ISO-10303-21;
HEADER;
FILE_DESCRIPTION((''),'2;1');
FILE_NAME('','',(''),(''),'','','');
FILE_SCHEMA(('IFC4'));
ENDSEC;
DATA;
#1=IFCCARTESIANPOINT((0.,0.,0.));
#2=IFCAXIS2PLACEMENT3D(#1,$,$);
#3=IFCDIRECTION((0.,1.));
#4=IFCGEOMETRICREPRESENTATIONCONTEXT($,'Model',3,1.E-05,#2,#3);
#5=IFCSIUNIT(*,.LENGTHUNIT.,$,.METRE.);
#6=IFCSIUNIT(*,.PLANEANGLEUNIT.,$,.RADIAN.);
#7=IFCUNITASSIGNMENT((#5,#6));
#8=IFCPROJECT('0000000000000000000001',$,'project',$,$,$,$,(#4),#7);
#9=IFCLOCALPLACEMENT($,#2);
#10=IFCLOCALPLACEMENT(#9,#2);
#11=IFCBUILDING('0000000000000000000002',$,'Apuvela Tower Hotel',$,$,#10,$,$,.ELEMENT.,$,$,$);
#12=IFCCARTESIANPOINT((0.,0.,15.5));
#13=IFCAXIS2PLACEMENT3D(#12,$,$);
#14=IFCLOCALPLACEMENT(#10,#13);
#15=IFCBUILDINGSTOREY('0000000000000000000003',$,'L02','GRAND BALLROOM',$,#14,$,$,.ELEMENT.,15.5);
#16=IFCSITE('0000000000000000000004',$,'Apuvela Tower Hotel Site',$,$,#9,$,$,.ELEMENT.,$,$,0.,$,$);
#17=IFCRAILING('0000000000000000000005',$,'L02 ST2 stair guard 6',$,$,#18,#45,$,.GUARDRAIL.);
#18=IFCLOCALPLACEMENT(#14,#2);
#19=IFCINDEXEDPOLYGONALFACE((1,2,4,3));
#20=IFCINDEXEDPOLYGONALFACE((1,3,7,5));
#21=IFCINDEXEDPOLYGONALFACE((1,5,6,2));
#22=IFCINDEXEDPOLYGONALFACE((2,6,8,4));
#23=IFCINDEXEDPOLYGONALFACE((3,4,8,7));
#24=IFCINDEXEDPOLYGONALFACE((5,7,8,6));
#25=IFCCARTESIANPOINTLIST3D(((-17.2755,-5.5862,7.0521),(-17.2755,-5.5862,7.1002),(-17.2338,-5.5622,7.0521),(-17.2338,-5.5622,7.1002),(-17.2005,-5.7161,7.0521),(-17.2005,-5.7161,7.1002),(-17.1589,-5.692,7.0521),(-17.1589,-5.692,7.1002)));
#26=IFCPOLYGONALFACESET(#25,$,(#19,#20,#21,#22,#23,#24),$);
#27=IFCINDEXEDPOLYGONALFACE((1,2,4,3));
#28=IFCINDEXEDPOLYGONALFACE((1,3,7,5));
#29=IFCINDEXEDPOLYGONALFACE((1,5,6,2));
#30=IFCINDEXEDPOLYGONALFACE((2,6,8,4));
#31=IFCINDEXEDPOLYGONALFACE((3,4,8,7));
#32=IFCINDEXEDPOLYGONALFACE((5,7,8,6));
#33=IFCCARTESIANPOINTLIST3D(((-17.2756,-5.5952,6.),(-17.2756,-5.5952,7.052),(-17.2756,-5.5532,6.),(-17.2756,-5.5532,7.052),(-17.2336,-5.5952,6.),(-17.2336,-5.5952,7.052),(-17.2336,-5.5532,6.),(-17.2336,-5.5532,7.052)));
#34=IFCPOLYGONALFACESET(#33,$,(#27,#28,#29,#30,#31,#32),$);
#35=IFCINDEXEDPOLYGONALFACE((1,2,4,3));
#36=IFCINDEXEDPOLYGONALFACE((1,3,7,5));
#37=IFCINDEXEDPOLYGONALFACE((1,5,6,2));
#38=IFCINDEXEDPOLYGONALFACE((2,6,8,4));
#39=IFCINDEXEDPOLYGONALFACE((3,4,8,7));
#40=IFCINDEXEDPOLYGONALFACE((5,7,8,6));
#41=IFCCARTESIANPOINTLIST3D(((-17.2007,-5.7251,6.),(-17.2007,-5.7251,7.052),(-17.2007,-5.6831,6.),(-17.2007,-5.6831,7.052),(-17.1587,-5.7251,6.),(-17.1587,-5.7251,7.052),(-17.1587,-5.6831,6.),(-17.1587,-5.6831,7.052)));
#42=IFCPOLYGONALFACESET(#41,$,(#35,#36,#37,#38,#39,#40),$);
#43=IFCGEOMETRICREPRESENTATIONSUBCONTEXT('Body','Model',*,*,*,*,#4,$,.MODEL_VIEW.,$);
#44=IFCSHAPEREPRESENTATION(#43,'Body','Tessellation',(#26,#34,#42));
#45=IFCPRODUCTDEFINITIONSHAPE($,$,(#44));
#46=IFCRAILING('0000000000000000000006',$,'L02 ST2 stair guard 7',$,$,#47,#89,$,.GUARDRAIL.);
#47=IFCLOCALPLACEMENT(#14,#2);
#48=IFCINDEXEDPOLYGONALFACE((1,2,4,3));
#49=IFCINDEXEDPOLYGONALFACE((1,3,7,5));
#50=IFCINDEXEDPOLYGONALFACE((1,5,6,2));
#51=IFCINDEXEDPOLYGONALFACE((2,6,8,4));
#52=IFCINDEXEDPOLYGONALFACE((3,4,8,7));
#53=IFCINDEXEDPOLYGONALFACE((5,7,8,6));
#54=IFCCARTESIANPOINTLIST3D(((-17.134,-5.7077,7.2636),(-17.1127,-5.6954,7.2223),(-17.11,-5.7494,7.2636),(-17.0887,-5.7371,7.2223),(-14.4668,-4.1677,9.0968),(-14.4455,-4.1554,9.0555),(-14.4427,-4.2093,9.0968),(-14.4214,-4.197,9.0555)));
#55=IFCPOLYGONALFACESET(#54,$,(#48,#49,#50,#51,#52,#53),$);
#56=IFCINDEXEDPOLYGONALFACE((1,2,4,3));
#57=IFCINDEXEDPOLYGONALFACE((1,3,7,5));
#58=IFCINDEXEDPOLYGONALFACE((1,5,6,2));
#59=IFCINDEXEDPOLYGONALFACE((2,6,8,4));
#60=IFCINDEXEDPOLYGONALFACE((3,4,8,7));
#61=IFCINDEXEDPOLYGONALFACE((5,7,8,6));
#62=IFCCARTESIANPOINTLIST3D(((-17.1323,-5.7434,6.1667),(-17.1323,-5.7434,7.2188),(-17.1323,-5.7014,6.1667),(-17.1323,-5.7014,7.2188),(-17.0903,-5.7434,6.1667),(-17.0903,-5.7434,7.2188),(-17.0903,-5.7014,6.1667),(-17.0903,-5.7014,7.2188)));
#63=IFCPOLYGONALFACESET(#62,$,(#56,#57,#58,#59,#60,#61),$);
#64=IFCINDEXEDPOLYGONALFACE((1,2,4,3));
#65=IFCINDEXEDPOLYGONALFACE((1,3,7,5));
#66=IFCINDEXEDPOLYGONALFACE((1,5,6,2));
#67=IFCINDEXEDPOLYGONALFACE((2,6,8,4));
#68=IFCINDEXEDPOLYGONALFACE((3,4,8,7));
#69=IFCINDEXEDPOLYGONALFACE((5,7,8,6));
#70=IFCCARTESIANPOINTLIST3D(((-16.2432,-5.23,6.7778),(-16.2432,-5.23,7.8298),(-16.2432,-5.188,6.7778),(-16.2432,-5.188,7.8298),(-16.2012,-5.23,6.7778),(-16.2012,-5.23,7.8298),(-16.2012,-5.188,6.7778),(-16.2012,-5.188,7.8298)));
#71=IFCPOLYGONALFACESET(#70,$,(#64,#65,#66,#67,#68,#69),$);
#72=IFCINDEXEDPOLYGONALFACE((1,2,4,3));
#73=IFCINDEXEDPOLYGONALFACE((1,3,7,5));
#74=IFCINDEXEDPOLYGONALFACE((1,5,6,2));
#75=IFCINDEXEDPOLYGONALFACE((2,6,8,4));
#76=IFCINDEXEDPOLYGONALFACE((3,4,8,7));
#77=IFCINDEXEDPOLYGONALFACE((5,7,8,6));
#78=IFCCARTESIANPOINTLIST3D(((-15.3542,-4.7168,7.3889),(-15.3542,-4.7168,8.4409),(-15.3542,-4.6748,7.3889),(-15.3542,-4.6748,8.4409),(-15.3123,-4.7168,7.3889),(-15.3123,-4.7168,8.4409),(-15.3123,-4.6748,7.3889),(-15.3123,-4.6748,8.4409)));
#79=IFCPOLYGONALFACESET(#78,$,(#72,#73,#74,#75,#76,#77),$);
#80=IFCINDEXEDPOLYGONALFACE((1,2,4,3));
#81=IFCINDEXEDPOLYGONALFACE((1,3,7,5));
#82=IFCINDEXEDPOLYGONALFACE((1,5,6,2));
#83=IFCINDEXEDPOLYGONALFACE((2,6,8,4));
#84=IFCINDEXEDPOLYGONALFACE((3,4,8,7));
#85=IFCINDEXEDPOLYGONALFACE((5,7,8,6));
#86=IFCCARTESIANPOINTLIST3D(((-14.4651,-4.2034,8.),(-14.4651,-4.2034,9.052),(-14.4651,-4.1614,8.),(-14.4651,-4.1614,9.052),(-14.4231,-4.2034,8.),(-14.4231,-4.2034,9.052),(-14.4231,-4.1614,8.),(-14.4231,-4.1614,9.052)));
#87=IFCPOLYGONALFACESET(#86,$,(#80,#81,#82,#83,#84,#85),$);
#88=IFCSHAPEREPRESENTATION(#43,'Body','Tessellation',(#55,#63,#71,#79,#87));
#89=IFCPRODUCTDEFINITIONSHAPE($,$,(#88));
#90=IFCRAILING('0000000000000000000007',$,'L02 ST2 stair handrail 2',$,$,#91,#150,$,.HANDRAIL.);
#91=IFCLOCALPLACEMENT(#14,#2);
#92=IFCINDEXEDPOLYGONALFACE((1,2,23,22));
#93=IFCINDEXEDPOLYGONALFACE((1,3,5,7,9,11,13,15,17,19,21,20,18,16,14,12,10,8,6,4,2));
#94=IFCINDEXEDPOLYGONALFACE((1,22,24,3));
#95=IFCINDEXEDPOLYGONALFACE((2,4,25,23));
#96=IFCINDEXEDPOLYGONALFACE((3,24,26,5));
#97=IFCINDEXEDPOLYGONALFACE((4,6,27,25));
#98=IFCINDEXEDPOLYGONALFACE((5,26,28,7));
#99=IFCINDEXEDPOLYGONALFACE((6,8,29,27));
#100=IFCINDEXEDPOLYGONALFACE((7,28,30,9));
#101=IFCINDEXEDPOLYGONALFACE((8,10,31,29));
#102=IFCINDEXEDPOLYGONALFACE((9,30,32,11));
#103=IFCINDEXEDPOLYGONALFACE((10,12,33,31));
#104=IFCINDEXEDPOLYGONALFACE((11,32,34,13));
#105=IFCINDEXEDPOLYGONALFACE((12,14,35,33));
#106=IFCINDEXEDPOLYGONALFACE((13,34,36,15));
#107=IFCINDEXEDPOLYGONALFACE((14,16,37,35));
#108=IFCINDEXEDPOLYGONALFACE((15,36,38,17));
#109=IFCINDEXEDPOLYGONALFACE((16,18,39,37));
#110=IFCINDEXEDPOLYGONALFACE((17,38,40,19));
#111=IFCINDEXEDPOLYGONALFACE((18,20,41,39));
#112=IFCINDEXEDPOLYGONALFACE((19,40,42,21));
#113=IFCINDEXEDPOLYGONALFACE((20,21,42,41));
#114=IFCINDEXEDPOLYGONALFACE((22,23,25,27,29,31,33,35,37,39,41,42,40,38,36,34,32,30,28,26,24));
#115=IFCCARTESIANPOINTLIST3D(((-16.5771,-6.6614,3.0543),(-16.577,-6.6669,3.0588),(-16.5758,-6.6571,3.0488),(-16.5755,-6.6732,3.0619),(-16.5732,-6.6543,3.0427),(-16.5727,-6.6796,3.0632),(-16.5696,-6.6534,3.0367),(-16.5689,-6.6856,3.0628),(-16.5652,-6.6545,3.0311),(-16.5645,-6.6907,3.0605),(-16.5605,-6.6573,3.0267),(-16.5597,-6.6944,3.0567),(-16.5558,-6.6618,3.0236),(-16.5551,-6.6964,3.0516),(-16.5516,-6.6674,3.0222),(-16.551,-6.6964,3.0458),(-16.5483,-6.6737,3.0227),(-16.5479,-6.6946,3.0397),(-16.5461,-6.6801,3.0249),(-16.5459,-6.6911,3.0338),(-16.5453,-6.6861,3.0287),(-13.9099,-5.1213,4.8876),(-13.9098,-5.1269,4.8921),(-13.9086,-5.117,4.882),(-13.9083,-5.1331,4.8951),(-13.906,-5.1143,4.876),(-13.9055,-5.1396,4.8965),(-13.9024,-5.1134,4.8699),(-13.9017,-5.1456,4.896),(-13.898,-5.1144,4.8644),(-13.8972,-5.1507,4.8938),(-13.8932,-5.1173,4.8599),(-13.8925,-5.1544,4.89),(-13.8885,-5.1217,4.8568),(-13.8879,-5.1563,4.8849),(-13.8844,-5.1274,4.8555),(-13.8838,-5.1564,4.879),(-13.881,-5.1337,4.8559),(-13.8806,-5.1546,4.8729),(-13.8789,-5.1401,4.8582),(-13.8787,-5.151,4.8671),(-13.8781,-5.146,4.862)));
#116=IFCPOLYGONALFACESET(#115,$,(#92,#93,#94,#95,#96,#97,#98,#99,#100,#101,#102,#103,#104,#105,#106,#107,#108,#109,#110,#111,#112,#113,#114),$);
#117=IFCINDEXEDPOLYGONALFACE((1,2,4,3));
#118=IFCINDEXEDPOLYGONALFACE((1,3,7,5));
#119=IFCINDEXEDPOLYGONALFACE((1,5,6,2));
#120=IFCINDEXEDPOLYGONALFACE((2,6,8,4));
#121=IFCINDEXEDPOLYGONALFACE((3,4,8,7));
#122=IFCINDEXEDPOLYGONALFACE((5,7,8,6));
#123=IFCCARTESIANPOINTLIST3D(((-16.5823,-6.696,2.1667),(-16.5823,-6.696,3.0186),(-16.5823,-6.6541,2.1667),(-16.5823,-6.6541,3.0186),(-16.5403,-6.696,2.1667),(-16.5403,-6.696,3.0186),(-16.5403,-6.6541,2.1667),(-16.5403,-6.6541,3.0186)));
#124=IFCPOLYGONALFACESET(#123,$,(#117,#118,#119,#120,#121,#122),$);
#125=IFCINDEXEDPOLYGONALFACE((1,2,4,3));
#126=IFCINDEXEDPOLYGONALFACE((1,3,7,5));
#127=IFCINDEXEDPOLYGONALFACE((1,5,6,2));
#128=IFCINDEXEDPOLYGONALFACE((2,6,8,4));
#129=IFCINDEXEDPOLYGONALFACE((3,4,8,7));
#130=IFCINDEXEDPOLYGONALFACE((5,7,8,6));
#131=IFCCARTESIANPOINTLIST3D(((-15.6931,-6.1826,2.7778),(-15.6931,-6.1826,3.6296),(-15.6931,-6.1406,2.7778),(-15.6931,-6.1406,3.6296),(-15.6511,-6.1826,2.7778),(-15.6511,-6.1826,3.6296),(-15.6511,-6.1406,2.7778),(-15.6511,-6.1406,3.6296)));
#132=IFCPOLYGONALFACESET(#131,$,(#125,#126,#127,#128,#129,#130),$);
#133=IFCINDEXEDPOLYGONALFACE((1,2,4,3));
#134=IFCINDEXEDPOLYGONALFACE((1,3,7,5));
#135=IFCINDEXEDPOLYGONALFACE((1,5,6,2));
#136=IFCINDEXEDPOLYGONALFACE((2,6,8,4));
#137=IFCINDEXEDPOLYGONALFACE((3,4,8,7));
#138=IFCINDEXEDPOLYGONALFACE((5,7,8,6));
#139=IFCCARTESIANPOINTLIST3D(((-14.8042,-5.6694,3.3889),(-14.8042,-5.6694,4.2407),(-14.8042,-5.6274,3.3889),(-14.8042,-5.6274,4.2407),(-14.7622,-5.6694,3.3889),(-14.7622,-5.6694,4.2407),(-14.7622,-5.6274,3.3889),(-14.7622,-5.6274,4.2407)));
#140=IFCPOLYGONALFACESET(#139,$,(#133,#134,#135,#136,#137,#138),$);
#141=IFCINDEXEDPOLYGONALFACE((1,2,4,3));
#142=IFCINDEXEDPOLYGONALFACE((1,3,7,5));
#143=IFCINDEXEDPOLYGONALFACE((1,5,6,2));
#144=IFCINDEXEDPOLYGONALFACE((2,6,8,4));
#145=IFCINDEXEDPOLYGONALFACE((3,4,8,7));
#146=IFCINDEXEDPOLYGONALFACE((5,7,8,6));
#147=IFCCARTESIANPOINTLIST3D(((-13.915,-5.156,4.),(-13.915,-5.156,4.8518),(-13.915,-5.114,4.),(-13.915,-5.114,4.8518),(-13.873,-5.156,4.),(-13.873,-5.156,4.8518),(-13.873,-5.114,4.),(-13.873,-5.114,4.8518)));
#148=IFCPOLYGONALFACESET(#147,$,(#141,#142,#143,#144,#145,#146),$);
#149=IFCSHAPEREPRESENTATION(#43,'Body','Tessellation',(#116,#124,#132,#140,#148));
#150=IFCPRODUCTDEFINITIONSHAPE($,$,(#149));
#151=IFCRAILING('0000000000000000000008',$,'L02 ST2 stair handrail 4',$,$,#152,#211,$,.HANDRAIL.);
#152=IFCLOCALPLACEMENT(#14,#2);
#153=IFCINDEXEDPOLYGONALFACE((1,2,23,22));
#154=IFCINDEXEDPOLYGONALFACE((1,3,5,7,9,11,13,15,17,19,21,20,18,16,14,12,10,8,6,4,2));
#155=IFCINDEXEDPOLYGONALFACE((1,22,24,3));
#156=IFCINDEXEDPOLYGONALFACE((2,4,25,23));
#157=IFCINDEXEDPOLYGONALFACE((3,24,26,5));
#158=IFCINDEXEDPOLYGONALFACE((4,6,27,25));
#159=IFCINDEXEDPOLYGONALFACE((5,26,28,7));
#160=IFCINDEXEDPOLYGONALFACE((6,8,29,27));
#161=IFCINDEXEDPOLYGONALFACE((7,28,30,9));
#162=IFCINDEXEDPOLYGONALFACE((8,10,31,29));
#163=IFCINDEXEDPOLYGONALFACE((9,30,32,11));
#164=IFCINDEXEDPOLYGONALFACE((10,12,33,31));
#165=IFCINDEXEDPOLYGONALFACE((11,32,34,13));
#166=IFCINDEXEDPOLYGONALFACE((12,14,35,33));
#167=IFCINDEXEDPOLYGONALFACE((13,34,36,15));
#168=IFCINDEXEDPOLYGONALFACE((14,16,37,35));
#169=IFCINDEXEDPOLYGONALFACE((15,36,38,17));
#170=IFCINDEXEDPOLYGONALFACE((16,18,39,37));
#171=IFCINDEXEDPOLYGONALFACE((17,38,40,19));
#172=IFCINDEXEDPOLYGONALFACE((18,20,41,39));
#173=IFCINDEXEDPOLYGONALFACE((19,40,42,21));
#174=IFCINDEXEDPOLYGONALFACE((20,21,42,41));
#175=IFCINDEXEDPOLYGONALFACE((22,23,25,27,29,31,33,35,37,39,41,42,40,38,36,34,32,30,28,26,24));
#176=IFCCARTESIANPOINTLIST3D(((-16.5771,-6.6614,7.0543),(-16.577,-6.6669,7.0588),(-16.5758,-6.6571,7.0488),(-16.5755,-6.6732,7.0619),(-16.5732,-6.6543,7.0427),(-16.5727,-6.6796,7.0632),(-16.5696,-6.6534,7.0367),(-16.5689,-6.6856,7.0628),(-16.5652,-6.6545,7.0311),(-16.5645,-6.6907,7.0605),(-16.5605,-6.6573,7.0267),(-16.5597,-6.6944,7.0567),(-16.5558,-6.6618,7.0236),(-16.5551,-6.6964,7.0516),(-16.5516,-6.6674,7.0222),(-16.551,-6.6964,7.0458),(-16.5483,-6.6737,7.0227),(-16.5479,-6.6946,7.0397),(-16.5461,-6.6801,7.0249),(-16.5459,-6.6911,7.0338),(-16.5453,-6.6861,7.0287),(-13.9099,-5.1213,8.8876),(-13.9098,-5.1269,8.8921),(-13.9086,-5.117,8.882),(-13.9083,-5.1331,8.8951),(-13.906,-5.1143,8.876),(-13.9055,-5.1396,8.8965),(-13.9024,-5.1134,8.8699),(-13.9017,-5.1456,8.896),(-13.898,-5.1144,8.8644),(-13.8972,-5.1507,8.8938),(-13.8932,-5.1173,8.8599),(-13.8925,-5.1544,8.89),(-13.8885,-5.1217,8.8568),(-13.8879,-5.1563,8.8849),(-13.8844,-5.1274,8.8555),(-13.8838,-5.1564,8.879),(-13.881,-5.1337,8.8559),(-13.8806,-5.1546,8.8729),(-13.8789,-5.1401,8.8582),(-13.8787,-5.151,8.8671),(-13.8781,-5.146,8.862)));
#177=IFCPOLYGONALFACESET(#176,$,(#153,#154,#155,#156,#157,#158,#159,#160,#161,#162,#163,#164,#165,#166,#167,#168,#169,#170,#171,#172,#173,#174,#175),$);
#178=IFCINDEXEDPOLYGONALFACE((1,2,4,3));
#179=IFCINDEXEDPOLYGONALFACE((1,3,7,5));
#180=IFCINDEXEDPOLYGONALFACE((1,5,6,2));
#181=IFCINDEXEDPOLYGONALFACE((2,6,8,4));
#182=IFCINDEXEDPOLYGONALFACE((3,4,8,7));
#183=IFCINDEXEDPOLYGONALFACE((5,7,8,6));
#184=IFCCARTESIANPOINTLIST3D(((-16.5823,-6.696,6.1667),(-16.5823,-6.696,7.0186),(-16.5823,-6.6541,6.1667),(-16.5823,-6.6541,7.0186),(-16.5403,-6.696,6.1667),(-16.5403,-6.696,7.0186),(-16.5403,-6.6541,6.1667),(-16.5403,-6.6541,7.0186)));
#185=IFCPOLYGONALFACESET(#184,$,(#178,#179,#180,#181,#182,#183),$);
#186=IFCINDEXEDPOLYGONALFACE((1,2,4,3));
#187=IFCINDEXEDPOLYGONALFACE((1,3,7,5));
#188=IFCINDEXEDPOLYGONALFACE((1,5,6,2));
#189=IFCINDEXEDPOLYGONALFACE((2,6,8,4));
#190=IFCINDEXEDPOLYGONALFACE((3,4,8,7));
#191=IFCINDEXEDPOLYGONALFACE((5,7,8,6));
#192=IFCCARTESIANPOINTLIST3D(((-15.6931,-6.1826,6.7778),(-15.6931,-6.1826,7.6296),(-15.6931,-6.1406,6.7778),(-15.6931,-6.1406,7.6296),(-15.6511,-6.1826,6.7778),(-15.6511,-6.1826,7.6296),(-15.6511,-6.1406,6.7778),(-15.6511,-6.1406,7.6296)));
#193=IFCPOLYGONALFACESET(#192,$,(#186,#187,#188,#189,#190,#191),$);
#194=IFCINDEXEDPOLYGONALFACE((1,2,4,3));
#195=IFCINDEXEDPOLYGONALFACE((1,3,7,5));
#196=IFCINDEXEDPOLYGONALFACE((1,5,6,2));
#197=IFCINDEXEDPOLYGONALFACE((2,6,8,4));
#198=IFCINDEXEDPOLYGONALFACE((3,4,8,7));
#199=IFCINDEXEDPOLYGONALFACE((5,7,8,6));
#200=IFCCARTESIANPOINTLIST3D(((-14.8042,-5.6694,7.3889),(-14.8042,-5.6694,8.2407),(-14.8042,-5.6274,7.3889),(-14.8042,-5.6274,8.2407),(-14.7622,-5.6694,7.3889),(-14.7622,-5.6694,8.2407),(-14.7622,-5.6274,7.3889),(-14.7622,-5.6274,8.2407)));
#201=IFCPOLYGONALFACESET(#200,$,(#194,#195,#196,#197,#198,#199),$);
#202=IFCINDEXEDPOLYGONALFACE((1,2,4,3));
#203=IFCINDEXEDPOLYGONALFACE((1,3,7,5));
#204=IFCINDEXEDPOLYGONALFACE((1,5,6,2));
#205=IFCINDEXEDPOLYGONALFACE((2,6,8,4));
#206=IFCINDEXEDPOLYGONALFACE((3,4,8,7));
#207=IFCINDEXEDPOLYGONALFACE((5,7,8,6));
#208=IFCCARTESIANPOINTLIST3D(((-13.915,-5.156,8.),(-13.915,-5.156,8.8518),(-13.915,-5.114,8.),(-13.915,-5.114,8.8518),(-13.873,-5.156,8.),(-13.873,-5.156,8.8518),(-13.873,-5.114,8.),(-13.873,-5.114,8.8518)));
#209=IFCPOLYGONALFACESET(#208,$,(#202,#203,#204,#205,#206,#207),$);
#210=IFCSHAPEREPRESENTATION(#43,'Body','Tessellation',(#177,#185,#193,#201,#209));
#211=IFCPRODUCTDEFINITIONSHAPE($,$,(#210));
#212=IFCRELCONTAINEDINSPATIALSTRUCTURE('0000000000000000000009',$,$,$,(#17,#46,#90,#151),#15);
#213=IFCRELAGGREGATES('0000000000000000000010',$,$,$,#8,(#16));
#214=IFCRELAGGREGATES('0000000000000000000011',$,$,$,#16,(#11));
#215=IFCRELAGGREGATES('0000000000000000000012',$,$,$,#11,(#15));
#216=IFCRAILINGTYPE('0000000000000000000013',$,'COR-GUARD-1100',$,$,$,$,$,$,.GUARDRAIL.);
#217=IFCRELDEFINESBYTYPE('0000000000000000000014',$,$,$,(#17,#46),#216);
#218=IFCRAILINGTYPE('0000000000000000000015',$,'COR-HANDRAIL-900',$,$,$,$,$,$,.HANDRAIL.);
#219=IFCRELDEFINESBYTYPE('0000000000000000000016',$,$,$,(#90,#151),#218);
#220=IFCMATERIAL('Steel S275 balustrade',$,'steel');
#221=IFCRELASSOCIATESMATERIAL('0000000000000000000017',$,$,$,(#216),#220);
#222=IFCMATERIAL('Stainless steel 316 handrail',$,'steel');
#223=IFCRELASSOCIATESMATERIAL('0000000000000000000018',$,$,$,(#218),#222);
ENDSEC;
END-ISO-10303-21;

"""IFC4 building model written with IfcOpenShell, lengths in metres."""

from ifc_helpers import new_model, si_unit, direction, frame, origin, origin_2d, place, context, subcontext, project, spatial, rectangle, circle, extrude, material, type_object, element, save


model = new_model("IFC4")

# Units and contexts
model_context = context("Model", 3, precision=1e-05, world=origin(), true_north=direction((0.0, 1.0)))
body_context = subcontext(model_context, "Body", "Model", "MODEL_VIEW")
ifc_project = project(units=[si_unit("LENGTHUNIT", "METRE"), si_unit("PLANEANGLEUNIT", "RADIAN")], contexts=[model_context])

# Site, building, storey
site_placement = place(None, origin())
site = spatial("IfcSite", under=ifc_project, at=site_placement, Name="Apuvela Tower Hotel Site", CompositionType="ELEMENT", RefElevation=0.0)
building_placement = place(site_placement, origin())
building = spatial("IfcBuilding", under=site, at=building_placement, Name="Apuvela Tower Hotel", CompositionType="ELEMENT")
storey_placement = place(building_placement, frame((0.0, 0.0, 15.5)))
storey = spatial("IfcBuildingStorey", under=building, at=storey_placement, Name="L02", Description="GRAND BALLROOM", CompositionType="ELEMENT", Elevation=15.5)

# Railings
ifc_material_1 = material(Name="Steel S275 balustrade", Category="steel")
railing_type_1 = type_object("IfcRailingType", Name="COR-GUARD-1100", PredefinedType="GUARDRAIL", material=ifc_material_1)
railing_1_placement = place(storey_placement, frame((-17.2546, -5.5742, 6.0)))
element("IfcRailing", 1, at=railing_1_placement, inside=storey, type_object=railing_type_1, Name="L02 ST2 stair guard 6", PredefinedType="GUARDRAIL", context=body_context, shape_type="SweptSolid", body=[
    extrude(rectangle(XDim=0.0481, YDim=0.0481, at=origin_2d()), frame((0.0, 0.0, 1.0762), z_axis=(0.499816, -0.866131, 0.0), x_axis=(0.866131, 0.499816, 0.0)), (0.0, 0.0, 1.0), 0.1499),
    extrude(rectangle(XDim=0.042, YDim=0.042, at=origin_2d()), origin(), (0.0, 0.0, 1.0), 1.052),
    extrude(rectangle(XDim=0.042, YDim=0.042, at=origin_2d()), frame((0.075, -0.1299, 0.0)), (0.0, 0.0, 1.0), 1.052),
])
railing_2_placement = place(storey_placement, frame((-17.1113, -5.7224, 6.1667)))
element("IfcRailing", 2, at=railing_2_placement, inside=storey, type_object=railing_type_1, Name="L02 ST2 stair guard 7", PredefinedType="GUARDRAIL", context=body_context, shape_type="SweptSolid", body=[
    extrude(rectangle(XDim=0.0481, YDim=0.0481, at=origin_2d()), frame((0.0, 0.0, 1.0762), z_axis=(0.744159, 0.429671, 0.511478), x_axis=(-0.500027, 0.86601, 0.0)), (0.0, 0.0, 1.0), 3.5842),
    extrude(rectangle(XDim=0.042, YDim=0.042, at=origin_2d()), origin(), (0.0, 0.0, 1.0), 1.052),
    extrude(rectangle(XDim=0.042, YDim=0.042, at=origin_2d()), frame((0.8892, 0.5134, 0.6111)), (0.0, 0.0, 1.0), 1.052),
    extrude(rectangle(XDim=0.042, YDim=0.042, at=origin_2d()), frame((1.7781, 1.0266, 1.2222)), (0.0, 0.0, 1.0), 1.052),
    extrude(rectangle(XDim=0.042, YDim=0.042, at=origin_2d()), frame((2.6672, 1.54, 1.8333)), (0.0, 0.0, 1.0), 1.052),
])
ifc_material_2 = material(Name="Stainless steel 316 handrail", Category="steel")
railing_type_2 = type_object("IfcRailingType", Name="COR-HANDRAIL-900", PredefinedType="HANDRAIL", material=ifc_material_2)
for number, where, name in (
    (3, (-16.5613, -6.675, 2.1667), "L02 ST2 stair handrail 2"),
    (4, (-16.5613, -6.675, 6.1667), "L02 ST2 stair handrail 4"),
):
    element("IfcRailing", number, at=place(storey_placement, frame(where)), inside=storey, type_object=railing_type_2, Name=name, PredefinedType="HANDRAIL", context=body_context, shape_type="SweptSolid", body=[
        extrude(circle(Radius=0.0239, at=origin_2d()), frame((0.0, 0.0, 0.876), z_axis=(0.744159, 0.429671, 0.511478), x_axis=(-0.500027, 0.86601, 0.0)), (0.0, 0.0, 1.0), 3.5842),
        extrude(rectangle(XDim=0.042, YDim=0.042, at=origin_2d()), origin(), (0.0, 0.0, 1.0), 0.8518),
        extrude(rectangle(XDim=0.042, YDim=0.042, at=origin_2d()), frame((0.8892, 0.5134, 0.6111)), (0.0, 0.0, 1.0), 0.8518),
        extrude(rectangle(XDim=0.042, YDim=0.042, at=origin_2d()), frame((1.7781, 1.0266, 1.2222)), (0.0, 0.0, 1.0), 0.8518),
        extrude(rectangle(XDim=0.042, YDim=0.042, at=origin_2d()), frame((2.6672, 1.54, 1.8333)), (0.0, 0.0, 1.0), 0.8518),
    ])

save(model, "model.ifc")
